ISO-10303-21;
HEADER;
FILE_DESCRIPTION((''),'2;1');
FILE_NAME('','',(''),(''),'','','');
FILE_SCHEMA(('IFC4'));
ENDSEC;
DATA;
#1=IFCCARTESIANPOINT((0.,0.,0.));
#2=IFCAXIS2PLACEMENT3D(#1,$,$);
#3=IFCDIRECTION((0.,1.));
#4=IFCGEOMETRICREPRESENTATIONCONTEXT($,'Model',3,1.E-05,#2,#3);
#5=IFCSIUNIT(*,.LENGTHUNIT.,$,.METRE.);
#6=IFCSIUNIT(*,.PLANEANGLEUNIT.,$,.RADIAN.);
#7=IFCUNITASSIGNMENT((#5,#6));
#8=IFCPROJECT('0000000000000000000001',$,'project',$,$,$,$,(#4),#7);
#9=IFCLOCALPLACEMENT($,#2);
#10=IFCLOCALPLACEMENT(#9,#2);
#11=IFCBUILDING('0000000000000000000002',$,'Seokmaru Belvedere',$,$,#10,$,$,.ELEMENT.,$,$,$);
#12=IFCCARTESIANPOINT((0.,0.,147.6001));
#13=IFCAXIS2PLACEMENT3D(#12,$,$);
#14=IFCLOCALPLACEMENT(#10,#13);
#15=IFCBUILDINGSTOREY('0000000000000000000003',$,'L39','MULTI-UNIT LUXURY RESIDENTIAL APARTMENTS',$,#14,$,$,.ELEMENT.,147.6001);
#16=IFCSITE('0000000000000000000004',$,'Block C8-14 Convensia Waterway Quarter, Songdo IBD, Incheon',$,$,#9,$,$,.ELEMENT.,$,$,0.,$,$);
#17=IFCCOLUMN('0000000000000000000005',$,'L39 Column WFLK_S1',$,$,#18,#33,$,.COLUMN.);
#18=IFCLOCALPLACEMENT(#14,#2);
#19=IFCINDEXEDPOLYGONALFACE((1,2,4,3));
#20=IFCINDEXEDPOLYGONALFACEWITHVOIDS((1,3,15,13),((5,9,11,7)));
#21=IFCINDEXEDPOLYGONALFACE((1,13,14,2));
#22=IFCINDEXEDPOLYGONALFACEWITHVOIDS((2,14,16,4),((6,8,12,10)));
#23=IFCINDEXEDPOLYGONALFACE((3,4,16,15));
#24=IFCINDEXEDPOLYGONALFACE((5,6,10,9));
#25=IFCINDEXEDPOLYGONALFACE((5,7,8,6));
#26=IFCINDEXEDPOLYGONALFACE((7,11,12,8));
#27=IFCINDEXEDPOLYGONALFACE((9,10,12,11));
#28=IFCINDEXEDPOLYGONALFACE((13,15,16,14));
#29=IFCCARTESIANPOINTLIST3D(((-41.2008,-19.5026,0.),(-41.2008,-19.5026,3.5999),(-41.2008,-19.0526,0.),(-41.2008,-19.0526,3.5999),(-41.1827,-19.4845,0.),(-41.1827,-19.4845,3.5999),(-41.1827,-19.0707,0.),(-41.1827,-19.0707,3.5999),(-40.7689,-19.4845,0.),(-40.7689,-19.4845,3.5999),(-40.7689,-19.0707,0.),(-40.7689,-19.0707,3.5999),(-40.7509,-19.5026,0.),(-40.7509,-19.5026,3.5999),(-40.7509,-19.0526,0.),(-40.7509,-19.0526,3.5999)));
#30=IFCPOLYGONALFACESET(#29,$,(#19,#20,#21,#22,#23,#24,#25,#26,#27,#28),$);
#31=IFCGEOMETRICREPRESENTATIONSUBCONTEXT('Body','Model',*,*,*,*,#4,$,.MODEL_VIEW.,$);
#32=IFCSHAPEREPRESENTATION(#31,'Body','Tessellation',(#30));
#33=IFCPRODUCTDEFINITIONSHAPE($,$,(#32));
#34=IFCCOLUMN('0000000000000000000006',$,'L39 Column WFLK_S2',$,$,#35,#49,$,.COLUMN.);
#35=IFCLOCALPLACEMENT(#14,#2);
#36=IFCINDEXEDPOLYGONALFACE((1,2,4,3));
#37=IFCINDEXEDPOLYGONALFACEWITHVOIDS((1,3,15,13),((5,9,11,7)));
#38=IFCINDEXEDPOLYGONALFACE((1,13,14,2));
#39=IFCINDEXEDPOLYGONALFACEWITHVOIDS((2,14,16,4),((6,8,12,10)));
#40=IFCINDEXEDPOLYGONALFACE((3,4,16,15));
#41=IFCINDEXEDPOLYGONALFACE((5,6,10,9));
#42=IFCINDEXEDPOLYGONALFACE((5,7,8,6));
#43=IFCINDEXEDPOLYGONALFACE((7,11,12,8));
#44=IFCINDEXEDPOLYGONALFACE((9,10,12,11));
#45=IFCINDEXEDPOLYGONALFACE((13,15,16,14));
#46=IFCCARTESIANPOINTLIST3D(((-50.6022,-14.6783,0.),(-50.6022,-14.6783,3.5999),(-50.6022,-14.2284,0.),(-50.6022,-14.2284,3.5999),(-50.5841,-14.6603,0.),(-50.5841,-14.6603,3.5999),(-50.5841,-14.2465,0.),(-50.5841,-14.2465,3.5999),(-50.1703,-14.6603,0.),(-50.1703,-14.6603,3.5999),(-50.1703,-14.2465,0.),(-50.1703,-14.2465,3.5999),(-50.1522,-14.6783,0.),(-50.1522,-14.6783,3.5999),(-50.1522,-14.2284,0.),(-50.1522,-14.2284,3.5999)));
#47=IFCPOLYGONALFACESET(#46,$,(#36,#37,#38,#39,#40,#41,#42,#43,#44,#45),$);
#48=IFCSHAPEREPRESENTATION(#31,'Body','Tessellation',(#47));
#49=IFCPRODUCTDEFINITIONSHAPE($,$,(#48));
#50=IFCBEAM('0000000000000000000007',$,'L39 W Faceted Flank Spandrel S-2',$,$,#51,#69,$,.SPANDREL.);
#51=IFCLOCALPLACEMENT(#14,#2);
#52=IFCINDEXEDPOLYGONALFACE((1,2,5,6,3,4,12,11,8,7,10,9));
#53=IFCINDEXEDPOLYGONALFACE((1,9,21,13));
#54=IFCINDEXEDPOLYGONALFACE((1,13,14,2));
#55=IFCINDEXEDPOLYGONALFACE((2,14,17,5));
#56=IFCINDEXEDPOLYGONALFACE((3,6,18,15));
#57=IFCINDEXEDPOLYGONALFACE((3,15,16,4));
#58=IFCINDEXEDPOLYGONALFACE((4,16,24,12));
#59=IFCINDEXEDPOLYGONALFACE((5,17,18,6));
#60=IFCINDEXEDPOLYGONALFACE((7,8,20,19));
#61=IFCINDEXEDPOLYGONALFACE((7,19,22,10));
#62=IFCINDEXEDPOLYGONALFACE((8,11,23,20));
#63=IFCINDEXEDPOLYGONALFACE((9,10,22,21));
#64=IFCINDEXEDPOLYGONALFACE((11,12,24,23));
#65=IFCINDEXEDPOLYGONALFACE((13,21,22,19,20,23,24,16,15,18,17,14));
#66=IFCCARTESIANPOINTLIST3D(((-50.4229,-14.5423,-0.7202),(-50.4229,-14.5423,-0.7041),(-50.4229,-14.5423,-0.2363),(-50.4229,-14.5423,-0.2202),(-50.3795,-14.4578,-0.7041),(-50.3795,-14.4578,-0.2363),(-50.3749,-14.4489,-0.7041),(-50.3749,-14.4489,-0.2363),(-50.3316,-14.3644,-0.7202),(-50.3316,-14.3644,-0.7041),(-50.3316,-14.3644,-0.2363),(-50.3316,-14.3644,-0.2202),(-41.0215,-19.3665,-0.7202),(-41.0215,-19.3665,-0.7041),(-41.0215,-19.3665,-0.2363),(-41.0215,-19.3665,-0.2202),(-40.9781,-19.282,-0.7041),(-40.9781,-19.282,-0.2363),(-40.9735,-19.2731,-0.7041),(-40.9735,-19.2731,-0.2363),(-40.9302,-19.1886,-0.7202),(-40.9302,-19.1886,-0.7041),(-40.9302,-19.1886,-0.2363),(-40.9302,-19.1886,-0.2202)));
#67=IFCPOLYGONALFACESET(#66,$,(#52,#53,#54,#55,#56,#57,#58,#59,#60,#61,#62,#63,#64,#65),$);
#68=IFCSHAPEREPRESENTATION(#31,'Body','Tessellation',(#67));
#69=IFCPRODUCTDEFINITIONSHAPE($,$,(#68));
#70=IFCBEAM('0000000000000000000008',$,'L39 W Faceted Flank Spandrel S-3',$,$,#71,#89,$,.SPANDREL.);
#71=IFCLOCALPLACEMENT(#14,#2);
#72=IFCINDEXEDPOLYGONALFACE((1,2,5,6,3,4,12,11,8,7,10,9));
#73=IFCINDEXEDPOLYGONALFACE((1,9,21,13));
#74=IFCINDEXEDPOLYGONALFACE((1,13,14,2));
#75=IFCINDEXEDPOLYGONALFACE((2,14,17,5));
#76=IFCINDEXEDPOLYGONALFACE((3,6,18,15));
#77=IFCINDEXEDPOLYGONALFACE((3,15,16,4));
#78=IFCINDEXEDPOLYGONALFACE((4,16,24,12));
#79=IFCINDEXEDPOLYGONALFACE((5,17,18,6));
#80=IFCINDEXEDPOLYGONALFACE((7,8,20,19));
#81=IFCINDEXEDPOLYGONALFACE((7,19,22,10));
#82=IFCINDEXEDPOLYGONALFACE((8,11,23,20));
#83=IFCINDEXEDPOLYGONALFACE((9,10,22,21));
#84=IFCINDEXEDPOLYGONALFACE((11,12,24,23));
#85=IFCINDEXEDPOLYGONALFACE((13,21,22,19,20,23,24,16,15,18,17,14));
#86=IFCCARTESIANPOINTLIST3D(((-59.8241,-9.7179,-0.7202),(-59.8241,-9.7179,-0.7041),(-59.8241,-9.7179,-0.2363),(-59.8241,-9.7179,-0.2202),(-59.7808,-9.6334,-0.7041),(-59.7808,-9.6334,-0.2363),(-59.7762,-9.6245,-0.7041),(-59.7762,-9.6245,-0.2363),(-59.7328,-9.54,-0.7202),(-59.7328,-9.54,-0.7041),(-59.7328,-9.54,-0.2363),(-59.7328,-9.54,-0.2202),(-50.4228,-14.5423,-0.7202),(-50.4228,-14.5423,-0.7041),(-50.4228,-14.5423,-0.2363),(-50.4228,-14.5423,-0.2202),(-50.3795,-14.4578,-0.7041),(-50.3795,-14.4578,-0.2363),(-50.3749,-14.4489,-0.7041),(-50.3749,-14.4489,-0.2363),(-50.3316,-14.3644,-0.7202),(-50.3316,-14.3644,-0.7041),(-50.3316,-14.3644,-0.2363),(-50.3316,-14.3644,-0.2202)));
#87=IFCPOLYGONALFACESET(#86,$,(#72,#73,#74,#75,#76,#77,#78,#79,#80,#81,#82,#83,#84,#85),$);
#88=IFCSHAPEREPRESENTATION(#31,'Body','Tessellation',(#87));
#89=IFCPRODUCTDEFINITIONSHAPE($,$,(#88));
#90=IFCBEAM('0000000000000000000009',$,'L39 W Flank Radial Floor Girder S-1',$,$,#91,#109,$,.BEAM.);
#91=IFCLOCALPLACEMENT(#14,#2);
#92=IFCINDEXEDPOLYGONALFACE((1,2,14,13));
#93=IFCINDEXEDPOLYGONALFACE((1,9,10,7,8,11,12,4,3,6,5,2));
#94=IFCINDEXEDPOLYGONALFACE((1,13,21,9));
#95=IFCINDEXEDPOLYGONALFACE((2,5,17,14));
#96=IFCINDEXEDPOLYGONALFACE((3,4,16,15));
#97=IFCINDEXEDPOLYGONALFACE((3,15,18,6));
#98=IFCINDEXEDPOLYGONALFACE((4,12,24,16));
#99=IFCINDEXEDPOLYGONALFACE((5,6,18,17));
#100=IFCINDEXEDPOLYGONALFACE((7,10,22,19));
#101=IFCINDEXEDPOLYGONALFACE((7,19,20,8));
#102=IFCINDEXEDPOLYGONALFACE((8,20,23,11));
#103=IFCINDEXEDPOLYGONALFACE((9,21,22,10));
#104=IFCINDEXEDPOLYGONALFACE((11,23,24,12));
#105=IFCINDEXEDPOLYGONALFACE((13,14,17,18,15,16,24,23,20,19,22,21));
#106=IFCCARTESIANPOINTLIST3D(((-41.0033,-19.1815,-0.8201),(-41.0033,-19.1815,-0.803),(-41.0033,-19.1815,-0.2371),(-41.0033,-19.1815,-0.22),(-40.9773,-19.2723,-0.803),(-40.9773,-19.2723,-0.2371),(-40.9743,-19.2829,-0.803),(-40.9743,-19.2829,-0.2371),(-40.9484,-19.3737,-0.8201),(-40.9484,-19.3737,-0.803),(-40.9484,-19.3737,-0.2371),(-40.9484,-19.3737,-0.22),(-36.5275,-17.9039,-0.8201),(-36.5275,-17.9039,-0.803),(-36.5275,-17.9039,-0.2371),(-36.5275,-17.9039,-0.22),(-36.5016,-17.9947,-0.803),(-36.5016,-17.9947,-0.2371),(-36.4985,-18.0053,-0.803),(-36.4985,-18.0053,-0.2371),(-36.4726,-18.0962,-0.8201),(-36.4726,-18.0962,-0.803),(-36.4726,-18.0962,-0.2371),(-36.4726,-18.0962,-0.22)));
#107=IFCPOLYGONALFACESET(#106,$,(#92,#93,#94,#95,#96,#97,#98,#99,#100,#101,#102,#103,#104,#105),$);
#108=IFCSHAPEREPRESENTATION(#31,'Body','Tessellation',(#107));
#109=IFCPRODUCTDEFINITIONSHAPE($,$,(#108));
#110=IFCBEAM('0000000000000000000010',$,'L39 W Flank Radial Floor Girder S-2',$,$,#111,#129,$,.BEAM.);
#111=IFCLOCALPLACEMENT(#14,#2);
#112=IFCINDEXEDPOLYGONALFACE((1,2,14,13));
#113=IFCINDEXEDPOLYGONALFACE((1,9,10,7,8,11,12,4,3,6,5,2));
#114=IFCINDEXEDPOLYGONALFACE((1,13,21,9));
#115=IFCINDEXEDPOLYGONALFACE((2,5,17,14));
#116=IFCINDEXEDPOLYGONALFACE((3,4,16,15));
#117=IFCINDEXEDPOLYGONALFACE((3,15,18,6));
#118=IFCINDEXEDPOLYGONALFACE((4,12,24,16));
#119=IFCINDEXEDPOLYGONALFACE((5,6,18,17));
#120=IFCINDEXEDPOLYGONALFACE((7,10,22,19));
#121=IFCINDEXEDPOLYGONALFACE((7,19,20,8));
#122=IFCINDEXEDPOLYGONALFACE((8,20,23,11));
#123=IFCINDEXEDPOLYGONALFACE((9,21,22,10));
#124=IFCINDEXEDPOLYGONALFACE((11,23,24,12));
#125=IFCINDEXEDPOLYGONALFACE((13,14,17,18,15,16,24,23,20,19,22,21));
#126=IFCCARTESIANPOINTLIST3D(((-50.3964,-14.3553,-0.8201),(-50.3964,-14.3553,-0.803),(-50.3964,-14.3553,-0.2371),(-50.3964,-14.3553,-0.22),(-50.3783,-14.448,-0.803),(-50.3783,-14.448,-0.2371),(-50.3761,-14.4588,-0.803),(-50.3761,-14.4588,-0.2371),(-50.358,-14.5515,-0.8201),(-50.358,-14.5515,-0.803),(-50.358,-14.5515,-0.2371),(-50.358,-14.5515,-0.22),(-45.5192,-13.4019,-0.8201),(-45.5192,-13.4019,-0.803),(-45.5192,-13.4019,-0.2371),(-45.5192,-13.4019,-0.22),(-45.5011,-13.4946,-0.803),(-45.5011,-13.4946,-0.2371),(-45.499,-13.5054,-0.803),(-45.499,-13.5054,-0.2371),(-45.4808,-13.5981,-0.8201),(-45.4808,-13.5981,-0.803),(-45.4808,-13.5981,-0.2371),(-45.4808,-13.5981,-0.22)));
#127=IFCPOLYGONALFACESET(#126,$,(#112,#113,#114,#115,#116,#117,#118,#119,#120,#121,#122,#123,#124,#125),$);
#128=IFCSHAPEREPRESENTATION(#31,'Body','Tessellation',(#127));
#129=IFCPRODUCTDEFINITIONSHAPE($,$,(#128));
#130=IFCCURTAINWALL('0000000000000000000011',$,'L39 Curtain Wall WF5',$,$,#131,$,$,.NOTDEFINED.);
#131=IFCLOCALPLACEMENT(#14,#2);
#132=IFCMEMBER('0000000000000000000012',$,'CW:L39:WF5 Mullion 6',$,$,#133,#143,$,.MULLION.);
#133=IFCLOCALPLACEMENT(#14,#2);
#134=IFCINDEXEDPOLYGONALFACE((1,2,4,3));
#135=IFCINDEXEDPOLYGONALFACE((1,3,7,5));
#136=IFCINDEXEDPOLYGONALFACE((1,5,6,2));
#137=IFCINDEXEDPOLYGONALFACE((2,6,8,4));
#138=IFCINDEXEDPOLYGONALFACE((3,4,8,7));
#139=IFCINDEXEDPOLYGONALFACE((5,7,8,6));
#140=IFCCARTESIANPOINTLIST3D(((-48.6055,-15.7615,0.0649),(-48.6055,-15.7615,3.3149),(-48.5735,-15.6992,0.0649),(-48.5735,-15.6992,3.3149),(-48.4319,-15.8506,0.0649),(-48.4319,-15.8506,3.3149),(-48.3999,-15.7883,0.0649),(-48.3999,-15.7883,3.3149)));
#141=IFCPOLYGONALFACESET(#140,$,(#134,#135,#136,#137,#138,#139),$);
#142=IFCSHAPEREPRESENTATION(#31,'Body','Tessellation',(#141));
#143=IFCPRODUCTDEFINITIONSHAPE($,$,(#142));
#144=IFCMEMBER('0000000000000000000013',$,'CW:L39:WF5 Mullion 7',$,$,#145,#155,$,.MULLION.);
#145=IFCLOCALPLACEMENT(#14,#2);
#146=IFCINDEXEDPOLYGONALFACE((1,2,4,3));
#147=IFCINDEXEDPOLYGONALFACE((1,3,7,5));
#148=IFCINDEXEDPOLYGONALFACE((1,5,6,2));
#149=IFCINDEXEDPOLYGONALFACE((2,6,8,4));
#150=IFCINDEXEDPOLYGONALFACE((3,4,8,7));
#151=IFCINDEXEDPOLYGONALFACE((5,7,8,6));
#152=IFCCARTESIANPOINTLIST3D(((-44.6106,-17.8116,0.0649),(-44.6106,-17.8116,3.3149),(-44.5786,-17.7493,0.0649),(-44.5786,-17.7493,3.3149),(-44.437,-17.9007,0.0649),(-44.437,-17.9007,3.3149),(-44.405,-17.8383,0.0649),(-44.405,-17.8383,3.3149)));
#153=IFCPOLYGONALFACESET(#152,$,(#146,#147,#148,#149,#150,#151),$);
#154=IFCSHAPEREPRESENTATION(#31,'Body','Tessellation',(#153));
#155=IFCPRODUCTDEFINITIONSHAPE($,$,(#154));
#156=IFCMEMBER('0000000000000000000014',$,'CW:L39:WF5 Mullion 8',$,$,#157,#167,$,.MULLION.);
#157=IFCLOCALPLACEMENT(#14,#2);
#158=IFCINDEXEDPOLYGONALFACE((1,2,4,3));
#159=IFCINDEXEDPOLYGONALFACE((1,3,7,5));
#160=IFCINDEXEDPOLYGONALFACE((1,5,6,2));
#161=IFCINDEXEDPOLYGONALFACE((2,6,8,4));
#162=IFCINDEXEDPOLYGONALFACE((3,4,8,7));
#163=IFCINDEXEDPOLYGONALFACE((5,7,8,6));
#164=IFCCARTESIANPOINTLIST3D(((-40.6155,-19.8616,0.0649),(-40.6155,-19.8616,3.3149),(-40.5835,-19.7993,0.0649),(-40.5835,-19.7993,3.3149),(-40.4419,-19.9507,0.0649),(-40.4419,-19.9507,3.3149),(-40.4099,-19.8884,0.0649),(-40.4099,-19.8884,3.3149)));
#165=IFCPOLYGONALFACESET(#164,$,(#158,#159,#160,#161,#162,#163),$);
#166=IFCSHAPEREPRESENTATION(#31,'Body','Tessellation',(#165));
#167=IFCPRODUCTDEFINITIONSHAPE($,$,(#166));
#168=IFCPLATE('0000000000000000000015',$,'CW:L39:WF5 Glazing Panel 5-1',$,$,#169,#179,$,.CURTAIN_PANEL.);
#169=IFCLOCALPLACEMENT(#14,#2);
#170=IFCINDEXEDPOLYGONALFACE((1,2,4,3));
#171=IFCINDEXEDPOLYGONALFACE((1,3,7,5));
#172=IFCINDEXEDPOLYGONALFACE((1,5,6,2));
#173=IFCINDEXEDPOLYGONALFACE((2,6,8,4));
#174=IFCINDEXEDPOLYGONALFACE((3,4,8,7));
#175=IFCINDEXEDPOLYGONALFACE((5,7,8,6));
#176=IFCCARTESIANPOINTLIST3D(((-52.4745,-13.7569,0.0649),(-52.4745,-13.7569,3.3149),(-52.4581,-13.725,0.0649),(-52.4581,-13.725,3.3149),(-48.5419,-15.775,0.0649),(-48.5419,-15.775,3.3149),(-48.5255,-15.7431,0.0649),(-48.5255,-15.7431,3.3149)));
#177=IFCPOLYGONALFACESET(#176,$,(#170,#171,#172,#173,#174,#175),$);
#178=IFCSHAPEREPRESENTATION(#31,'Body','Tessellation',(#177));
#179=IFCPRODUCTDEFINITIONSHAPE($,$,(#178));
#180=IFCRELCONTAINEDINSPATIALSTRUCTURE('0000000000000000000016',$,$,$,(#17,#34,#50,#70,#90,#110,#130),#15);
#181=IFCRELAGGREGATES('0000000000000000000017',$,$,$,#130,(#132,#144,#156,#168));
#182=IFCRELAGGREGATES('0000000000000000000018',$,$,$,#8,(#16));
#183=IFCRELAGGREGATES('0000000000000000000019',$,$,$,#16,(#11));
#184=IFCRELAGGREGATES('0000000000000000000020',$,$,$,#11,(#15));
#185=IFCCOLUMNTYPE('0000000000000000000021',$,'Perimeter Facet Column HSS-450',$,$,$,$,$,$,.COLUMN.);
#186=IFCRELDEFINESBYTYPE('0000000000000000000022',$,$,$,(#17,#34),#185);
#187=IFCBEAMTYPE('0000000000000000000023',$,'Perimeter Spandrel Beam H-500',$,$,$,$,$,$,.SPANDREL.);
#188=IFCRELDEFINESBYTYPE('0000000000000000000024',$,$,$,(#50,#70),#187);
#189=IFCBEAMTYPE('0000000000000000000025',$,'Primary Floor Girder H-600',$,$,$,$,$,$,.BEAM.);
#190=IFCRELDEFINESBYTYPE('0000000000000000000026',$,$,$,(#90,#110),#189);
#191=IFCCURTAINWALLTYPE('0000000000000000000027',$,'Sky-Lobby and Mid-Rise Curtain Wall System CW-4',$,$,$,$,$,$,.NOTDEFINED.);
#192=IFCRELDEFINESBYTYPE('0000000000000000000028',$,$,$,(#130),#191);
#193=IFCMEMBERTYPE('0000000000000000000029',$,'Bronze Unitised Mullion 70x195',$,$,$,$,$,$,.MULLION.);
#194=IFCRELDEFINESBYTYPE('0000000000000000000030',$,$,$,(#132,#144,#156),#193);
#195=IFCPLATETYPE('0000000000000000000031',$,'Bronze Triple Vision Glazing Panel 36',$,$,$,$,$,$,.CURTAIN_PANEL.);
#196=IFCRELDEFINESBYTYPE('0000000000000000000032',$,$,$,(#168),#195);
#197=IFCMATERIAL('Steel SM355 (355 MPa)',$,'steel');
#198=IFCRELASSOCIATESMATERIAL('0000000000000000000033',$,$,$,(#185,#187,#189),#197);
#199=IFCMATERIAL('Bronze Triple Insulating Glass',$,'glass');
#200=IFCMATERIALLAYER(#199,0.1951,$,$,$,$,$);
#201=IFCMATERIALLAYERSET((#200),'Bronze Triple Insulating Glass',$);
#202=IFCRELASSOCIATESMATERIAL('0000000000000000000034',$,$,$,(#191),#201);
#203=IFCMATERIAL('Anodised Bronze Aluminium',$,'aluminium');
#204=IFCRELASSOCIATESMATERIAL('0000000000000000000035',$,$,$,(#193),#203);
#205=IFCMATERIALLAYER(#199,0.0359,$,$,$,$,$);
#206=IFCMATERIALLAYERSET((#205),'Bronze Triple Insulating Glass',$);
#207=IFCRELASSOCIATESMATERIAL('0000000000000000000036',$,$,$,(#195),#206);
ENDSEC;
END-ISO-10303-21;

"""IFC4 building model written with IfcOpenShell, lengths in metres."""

from ifc_helpers import new_model, si_unit, direction, frame, origin, origin_2d, place, context, subcontext, project, spatial, rectangle, hollow_rectangle, i_section, extrude, source, transform, mapped, material, layer, layer_set, material_profile, profile_set, type_object, type_shapes, element, aggregate, save


model = new_model("IFC4")

# Units and contexts
model_context = context("Model", 3, precision=1e-05, world=origin(), true_north=direction((0.0, 1.0)))
body_context = subcontext(model_context, "Body", "Model", "MODEL_VIEW")
ifc_project = project(units=[si_unit("LENGTHUNIT", "METRE"), si_unit("PLANEANGLEUNIT", "RADIAN")], contexts=[model_context])

# Site, building, storey
site_placement = place(None, origin())
site = spatial("IfcSite", under=ifc_project, at=site_placement, Name="Block C8-14 Convensia Waterway Quarter, Songdo IBD, Incheon", CompositionType="ELEMENT", RefElevation=0.0)
building_placement = place(site_placement, origin())
building = spatial("IfcBuilding", under=site, at=building_placement, Name="Seokmaru Belvedere", CompositionType="ELEMENT")
storey_placement = place(building_placement, frame((0.0, 0.0, 147.6001)))
storey = spatial("IfcBuildingStorey", under=building, at=storey_placement, Name="L39", Description="MULTI-UNIT LUXURY RESIDENTIAL APARTMENTS", CompositionType="ELEMENT", Elevation=147.6001)

# Columns
ifc_material_1 = material(Name="Steel SM355 (355 MPa)", Category="steel")
ifc_material_profile_1 = material_profile(ifc_material_1, hollow_rectangle(XDim=0.45, YDim=0.45, WallThickness=0.0181, at=origin_2d()), Name="HSS-450x450x18")
ifc_profile_set_1 = profile_set([ifc_material_profile_1], Name="Steel SM355 (355 MPa)")
column_type = type_object("IfcColumnType", Name="Perimeter Facet Column HSS-450", PredefinedType="COLUMN", material=ifc_profile_set_1)
shared_shape_1 = source(origin(), body_context, "Body", "SweptSolid", [
    extrude(hollow_rectangle(XDim=0.45, YDim=0.45, WallThickness=0.0181, at=origin_2d()), origin(), (0.0, 0.0, 1.0), 3.5999),
])
type_shapes(column_type, [shared_shape_1])
for number, where, z_axis, x_axis, name in (
    (1, (-40.9758, -19.2776, 0.0), (0.0, 0.0, 1.0), (1.0, 0.0, 0.0), "L39 Column WFLK_S1"),
    (2, (-50.3772, -14.4534, 0.0), (0.0, 0.0, 1.0), (1.0, 0.0, 0.0), "L39 Column WFLK_S2"),
):
    element("IfcColumn", number, at=place(storey_placement, frame(where, z_axis=z_axis, x_axis=x_axis)), inside=storey, type_object=column_type, Name=name, PredefinedType="COLUMN", context=body_context, shape_type="MappedRepresentation", body=[
        mapped(shared_shape_1, transform((0.0, 0.0, 0.0), scale=1.0)),
    ])

# Beams
ifc_material_profile_2 = material_profile(ifc_material_1, i_section(OverallWidth=0.2, OverallDepth=0.5, WebThickness=0.01, FlangeThickness=0.0161, at=origin_2d()), Name="H-500x200x10x16")
ifc_profile_set_2 = profile_set([ifc_material_profile_2], Name="Steel SM355 (355 MPa)")
beam_type_1 = type_object("IfcBeamType", Name="Perimeter Spandrel Beam H-500", PredefinedType="SPANDREL", material=ifc_profile_set_2)
shared_shape_2 = source(origin(), body_context, "Body", "SweptSolid", [
    extrude(i_section(OverallWidth=0.2, OverallDepth=0.5, WebThickness=0.01, FlangeThickness=0.0161, at=origin_2d()), origin(), (0.0, 0.0, 1.0), 10.5669),
])
type_shapes(beam_type_1, [shared_shape_2])
for number, where, z_axis, x_axis, name in (
    (3, (-40.9758, -19.2776, -0.4702), (-0.889702, 0.456542, 0.0), (-0.456542, -0.889702, 0.0), "L39 W Faceted Flank Spandrel S-2"),
    (4, (-50.3772, -14.4534, -0.4702), (-0.889693, 0.45656, 0.0), (-0.45656, -0.889693, 0.0), "L39 W Faceted Flank Spandrel S-3"),
):
    element("IfcBeam", number, at=place(storey_placement, frame(where, z_axis=z_axis, x_axis=x_axis)), inside=storey, type_object=beam_type_1, Name=name, PredefinedType="SPANDREL", context=body_context, shape_type="MappedRepresentation", body=[
        mapped(shared_shape_2, transform((0.0, 0.0, 0.0), scale=1.0)),
    ])
ifc_material_profile_3 = material_profile(ifc_material_1, i_section(OverallWidth=0.2, OverallDepth=0.6001, WebThickness=0.011, FlangeThickness=0.0171, at=origin_2d()), Name="H-600x200x11x17")
ifc_profile_set_3 = profile_set([ifc_material_profile_3], Name="Steel SM355 (355 MPa)")
beam_type_2 = type_object("IfcBeamType", Name="Primary Floor Girder H-600", PredefinedType="BEAM", material=ifc_profile_set_3)
shared_shape_3 = source(origin(), body_context, "Body", "SweptSolid", [
    extrude(i_section(OverallWidth=0.2, OverallDepth=0.6001, WebThickness=0.011, FlangeThickness=0.0171, at=origin_2d()), origin(), (0.0, 0.0, 1.0), 4.6545),
])
beam_1_placement = place(storey_placement, frame((-40.9758, -19.2776, -0.52), z_axis=(0.961593, 0.274479, 0.0), x_axis=(-0.274479, 0.961593, 0.0)))
element("IfcBeam", 5, at=beam_1_placement, inside=storey, type_object=beam_type_2, Name="L39 W Flank Radial Floor Girder S-1", PredefinedType="BEAM", context=body_context, shape_type="MappedRepresentation", body=[
    mapped(shared_shape_3, transform((0.0, 0.0, 0.0), scale=1.0)),
])
shared_shape_4 = source(origin(), body_context, "Body", "SweptSolid", [
    extrude(i_section(OverallWidth=0.2, OverallDepth=0.6001, WebThickness=0.011, FlangeThickness=0.0171, at=origin_2d()), origin(), (0.0, 0.0, 1.0), 4.9695),
])
type_shapes(beam_type_2, [shared_shape_3, shared_shape_4])
beam_2_placement = place(storey_placement, frame((-50.3772, -14.4534, -0.52), z_axis=(0.981425, 0.191844, 0.0), x_axis=(-0.191844, 0.981425, 0.0)))
element("IfcBeam", 6, at=beam_2_placement, inside=storey, type_object=beam_type_2, Name="L39 W Flank Radial Floor Girder S-2", PredefinedType="BEAM", context=body_context, shape_type="MappedRepresentation", body=[
    mapped(shared_shape_4, transform((0.0, 0.0, 0.0), scale=1.0)),
])

# Curtain wall, members, plate
ifc_material_2 = material(Name="Bronze Triple Insulating Glass", Category="glass")
ifc_layer_1 = layer(ifc_material_2, 0.1951)
ifc_layer_set_1 = layer_set([ifc_layer_1], Name="Bronze Triple Insulating Glass")
curtain_wall_type = type_object("IfcCurtainWallType", Name="Sky-Lobby and Mid-Rise Curtain Wall System CW-4", PredefinedType="NOTDEFINED", material=ifc_layer_set_1)
curtain_wall_placement = place(storey_placement, origin())
curtain_wall = element("IfcCurtainWall", 7, at=curtain_wall_placement, inside=storey, type_object=curtain_wall_type, Name="L39 Curtain Wall WF5", PredefinedType="NOTDEFINED")
ifc_material_3 = material(Name="Anodised Bronze Aluminium", Category="aluminium")
ifc_material_profile_4 = material_profile(ifc_material_3, rectangle(XDim=0.0701, YDim=0.1951, at=origin_2d()), Name="CW-M-70x195")
ifc_profile_set_4 = profile_set([ifc_material_profile_4], Name="Anodised Bronze Aluminium")
member_type = type_object("IfcMemberType", Name="Bronze Unitised Mullion 70x195", PredefinedType="MULLION", material=ifc_profile_set_4)
shared_shape_5 = source(origin(), body_context, "Body", "SweptSolid", [
    extrude(rectangle(XDim=0.0701, YDim=0.1951, at=origin_2d()), origin(), (0.0, 0.0, 1.0), 3.25),
])
type_shapes(member_type, [shared_shape_5])
member_1_placement = place(storey_placement, frame((-48.5027, -15.7749, 0.0649), z_axis=(0.0, 0.0, 1.0), x_axis=(0.456555, 0.889695, 0.0)))
member_1 = element("IfcMember", 8, at=member_1_placement, type_object=member_type, Name="CW:L39:WF5 Mullion 6", PredefinedType="MULLION", context=body_context, shape_type="MappedRepresentation", body=[
    mapped(shared_shape_5, transform((0.0, 0.0, 0.0), scale=1.0)),
])
member_2_placement = place(storey_placement, frame((-44.5078, -17.825, 0.0649), z_axis=(0.0, 0.0, 1.0), x_axis=(0.456555, 0.889695, 0.0)))
member_2 = element("IfcMember", 9, at=member_2_placement, type_object=member_type, Name="CW:L39:WF5 Mullion 7", PredefinedType="MULLION", context=body_context, shape_type="MappedRepresentation", body=[
    mapped(shared_shape_5, transform((0.0, 0.0, 0.0), scale=1.0)),
])
member_3_placement = place(storey_placement, frame((-40.5127, -19.875, 0.0649), z_axis=(0.0, 0.0, 1.0), x_axis=(0.456555, 0.889695, 0.0)))
member_3 = element("IfcMember", 10, at=member_3_placement, type_object=member_type, Name="CW:L39:WF5 Mullion 8", PredefinedType="MULLION", context=body_context, shape_type="MappedRepresentation", body=[
    mapped(shared_shape_5, transform((0.0, 0.0, 0.0), scale=1.0)),
])
ifc_layer_2 = layer(ifc_material_2, 0.0359)
ifc_layer_set_2 = layer_set([ifc_layer_2], Name="Bronze Triple Insulating Glass")
plate_type = type_object("IfcPlateType", Name="Bronze Triple Vision Glazing Panel 36", PredefinedType="CURTAIN_PANEL", material=ifc_layer_set_2)
shared_shape_6 = source(origin(), body_context, "Body", "SweptSolid", [
    extrude(rectangle(XDim=4.4202, YDim=0.0359, at=origin_2d()), origin(), (0.0, 0.0, 1.0), 3.25),
])
type_shapes(plate_type, [shared_shape_6])
plate_1_placement = place(storey_placement, frame((-50.5, -14.75, 0.0649), z_axis=(0.0, 0.0, 1.0), x_axis=(0.889695, -0.456555, 0.0)))
plate_1 = element("IfcPlate", 11, at=plate_1_placement, type_object=plate_type, Name="CW:L39:WF5 Glazing Panel 5-1", PredefinedType="CURTAIN_PANEL", context=body_context, shape_type="MappedRepresentation", body=[
    mapped(shared_shape_6, transform((0.0, 0.0, 0.0), scale=1.0)),
])
aggregate(curtain_wall, [member_1, member_2, member_3, plate_1])

save(model, "model.ifc")
